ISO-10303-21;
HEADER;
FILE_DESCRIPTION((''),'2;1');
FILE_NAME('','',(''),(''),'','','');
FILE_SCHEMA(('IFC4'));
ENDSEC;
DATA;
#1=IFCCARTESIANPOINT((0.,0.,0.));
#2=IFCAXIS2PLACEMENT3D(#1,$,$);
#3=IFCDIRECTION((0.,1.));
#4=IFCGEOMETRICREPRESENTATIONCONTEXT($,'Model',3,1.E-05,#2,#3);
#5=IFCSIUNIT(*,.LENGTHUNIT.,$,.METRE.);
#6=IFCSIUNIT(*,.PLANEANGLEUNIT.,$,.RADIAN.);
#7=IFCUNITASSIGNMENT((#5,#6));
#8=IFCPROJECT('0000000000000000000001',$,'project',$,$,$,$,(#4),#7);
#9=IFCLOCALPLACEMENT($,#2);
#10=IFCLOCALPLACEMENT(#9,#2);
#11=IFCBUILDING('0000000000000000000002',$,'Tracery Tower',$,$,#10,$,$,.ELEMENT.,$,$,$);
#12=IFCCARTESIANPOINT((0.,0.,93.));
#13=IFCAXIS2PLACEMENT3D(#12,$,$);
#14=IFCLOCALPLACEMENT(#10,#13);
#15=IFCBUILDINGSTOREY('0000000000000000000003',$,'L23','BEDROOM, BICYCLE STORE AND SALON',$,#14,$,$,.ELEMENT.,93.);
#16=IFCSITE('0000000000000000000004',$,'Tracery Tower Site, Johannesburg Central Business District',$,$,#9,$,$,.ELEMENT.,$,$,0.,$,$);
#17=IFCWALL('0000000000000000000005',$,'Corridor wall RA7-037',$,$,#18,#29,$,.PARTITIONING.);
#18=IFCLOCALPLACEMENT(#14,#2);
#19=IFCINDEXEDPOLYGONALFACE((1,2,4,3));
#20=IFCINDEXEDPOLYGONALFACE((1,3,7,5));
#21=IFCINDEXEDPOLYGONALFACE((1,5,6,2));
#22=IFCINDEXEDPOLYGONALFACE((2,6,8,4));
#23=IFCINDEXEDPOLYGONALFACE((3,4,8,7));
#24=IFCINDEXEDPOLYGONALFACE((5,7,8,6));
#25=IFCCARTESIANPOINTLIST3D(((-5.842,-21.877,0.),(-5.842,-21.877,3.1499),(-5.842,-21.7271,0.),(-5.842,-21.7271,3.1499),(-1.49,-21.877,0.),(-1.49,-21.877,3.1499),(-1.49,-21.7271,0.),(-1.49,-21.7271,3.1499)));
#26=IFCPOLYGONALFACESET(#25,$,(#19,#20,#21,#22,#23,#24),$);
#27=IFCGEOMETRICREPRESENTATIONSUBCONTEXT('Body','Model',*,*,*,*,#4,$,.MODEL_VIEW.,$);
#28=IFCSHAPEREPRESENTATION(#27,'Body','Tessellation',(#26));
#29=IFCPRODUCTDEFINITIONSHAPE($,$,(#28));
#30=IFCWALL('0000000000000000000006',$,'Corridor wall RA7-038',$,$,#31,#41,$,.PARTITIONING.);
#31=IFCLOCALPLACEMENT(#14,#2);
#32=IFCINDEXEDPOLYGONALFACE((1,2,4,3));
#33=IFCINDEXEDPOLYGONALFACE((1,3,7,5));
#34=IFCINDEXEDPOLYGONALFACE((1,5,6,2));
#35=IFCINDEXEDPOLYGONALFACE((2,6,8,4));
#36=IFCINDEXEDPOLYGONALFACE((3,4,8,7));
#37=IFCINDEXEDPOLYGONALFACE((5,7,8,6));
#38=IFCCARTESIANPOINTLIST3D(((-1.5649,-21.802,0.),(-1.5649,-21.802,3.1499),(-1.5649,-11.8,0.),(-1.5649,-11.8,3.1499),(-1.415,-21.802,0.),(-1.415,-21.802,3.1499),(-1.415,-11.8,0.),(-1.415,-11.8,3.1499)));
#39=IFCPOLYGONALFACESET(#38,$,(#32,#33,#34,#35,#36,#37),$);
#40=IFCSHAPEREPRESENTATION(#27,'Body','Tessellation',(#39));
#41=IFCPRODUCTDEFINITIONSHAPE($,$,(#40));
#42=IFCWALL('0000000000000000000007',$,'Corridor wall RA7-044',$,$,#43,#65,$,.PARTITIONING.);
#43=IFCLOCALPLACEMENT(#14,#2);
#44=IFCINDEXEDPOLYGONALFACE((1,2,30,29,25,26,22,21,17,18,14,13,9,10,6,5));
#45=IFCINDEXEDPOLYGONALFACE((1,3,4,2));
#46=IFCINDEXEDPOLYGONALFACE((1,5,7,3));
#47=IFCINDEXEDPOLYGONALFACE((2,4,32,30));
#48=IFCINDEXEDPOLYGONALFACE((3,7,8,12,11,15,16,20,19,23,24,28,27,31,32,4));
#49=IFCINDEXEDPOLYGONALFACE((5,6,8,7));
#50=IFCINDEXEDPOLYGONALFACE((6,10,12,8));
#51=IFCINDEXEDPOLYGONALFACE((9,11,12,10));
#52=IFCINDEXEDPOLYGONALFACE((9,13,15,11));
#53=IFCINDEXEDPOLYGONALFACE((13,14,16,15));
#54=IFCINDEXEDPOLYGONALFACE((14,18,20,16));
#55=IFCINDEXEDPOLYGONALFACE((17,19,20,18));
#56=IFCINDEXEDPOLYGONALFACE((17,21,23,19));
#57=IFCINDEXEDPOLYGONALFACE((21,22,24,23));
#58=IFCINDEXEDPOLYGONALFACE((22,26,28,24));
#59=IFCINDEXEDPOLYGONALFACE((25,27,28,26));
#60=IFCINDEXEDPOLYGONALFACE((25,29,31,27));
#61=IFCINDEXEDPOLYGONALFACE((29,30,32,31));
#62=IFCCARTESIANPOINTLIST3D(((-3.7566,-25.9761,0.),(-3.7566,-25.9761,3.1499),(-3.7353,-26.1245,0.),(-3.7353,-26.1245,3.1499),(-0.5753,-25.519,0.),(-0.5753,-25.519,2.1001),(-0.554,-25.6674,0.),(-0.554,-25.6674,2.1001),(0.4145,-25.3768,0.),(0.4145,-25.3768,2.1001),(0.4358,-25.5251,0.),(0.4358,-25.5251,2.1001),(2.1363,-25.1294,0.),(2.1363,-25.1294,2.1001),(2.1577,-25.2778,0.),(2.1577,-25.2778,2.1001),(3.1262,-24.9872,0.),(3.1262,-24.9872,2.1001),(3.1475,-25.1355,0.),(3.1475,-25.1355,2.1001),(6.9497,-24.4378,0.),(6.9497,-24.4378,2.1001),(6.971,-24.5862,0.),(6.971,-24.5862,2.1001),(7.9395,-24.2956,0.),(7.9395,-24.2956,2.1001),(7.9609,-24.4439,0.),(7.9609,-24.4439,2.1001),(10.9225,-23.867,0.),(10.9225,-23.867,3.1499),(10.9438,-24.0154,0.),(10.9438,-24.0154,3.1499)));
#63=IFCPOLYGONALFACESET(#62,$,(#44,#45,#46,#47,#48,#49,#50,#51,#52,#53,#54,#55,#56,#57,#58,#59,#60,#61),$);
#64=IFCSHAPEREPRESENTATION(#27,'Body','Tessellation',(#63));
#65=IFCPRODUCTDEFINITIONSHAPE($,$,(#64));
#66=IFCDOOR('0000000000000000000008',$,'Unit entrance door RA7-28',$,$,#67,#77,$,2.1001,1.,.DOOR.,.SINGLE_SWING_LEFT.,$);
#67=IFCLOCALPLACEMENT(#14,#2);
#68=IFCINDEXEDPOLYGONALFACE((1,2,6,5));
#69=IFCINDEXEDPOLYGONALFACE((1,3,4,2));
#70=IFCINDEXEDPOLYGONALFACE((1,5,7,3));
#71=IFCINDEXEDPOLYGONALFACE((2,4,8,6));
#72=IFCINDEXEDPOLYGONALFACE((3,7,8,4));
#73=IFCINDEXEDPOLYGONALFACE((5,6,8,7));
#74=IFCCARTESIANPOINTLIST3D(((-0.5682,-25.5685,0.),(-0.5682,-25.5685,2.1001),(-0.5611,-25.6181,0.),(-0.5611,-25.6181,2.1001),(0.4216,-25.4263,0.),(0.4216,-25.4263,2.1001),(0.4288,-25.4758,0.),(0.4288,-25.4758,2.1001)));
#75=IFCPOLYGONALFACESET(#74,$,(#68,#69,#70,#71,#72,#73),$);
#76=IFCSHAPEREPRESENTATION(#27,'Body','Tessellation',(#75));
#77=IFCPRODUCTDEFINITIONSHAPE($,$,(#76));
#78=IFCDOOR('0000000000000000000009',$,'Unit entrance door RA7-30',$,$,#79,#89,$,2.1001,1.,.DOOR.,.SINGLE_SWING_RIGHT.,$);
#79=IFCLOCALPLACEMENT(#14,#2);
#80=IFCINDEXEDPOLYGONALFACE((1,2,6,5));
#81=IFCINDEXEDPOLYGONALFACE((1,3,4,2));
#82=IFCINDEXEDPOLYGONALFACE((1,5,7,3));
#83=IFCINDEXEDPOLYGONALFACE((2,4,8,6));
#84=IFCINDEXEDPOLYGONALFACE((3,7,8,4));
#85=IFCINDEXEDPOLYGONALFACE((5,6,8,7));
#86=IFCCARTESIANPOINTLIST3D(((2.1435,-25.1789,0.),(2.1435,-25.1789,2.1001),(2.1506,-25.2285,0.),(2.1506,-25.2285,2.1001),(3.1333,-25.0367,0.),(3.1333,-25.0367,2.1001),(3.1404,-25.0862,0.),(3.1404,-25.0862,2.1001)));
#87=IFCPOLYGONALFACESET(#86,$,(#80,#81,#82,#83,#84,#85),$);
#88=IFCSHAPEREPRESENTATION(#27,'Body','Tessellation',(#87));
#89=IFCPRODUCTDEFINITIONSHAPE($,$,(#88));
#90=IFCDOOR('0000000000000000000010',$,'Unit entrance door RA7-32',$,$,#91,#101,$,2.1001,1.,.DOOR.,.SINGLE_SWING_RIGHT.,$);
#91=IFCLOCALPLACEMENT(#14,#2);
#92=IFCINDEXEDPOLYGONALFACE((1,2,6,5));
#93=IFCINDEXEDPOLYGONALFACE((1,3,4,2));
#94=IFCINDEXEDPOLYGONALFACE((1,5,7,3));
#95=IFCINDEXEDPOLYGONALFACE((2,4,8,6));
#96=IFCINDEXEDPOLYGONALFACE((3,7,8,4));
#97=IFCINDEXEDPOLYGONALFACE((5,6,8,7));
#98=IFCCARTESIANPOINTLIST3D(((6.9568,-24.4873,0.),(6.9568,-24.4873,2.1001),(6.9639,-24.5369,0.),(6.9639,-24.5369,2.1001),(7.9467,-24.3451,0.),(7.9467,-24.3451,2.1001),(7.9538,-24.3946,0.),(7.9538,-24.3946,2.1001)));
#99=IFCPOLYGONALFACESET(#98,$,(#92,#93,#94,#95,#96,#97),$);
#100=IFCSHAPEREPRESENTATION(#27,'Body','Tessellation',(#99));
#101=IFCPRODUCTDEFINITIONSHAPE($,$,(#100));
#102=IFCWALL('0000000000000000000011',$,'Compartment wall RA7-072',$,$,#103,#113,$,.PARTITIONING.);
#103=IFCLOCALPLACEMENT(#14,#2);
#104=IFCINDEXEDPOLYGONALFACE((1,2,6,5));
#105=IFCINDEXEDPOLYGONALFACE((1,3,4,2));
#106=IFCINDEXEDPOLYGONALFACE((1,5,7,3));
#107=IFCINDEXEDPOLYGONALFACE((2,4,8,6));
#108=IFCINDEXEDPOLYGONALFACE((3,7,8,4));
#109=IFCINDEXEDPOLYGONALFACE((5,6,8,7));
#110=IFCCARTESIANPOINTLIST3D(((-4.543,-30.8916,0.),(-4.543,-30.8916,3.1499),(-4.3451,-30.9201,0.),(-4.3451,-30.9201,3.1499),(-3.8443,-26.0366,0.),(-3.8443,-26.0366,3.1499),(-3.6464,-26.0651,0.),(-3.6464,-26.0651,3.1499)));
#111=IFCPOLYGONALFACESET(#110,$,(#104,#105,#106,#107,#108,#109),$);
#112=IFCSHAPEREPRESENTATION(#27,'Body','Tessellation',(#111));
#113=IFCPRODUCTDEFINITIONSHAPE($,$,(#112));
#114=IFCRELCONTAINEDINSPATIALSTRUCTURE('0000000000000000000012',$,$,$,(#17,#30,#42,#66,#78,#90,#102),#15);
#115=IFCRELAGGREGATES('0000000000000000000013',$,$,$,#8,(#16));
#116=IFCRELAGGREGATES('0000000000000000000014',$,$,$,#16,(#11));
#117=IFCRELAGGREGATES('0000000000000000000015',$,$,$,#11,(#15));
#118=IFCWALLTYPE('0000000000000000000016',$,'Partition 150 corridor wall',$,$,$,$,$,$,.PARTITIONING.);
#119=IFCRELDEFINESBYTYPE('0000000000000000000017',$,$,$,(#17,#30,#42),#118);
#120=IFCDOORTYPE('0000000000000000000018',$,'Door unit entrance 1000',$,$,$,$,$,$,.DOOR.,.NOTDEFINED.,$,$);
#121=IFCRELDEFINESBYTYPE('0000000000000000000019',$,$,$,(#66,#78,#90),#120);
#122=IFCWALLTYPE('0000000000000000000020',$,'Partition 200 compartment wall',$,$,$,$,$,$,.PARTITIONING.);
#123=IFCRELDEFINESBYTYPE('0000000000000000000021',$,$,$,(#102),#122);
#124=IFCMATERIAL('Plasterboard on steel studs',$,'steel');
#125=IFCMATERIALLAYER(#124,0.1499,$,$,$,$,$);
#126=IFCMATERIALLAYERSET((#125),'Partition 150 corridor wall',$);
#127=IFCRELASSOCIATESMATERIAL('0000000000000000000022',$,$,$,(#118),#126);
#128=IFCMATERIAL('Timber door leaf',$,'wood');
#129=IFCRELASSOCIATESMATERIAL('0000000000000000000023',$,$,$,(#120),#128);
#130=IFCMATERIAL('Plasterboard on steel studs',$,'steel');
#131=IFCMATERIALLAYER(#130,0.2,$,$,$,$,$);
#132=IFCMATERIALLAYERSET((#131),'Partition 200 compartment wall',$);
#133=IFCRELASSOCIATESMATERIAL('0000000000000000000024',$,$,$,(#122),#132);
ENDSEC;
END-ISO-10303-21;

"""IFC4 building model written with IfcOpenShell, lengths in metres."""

from ifc_helpers import new_model, si_unit, direction, frame, frame_2d, origin, place, context, subcontext, project, spatial, rectangle, extrude, material, layer, layer_set, type_object, element, fill, save


model = new_model("IFC4")

# Units and contexts
model_context = context("Model", 3, precision=1e-05, world=origin(), true_north=direction((0.0, 1.0)))
body_context = subcontext(model_context, "Body", "Model", "MODEL_VIEW")
ifc_project = project(units=[si_unit("LENGTHUNIT", "METRE"), si_unit("PLANEANGLEUNIT", "RADIAN")], contexts=[model_context])

# Site, building, storey
site_placement = place(None, origin())
site = spatial("IfcSite", under=ifc_project, at=site_placement, Name="Tracery Tower Site, Johannesburg Central Business District", CompositionType="ELEMENT", RefElevation=0.0)
building_placement = place(site_placement, origin())
building = spatial("IfcBuilding", under=site, at=building_placement, Name="Tracery Tower", CompositionType="ELEMENT")
storey_placement = place(building_placement, frame((0.0, 0.0, 93.0)))
storey = spatial("IfcBuildingStorey", under=building, at=storey_placement, Name="L23", Description="BEDROOM, BICYCLE STORE AND SALON", CompositionType="ELEMENT", Elevation=93.0)

# Walls
ifc_material_1 = material(Name="Plasterboard on steel studs", Category="steel")
ifc_layer_1 = layer(ifc_material_1, 0.1499)
ifc_layer_set_1 = layer_set([ifc_layer_1], Name="Partition 150 corridor wall")
wall_type_1 = type_object("IfcWallType", Name="Partition 150 corridor wall", PredefinedType="PARTITIONING", material=ifc_layer_set_1)
wall_1_placement = place(storey_placement, frame((-5.842, -21.802, 0.0), z_axis=(0.0, 0.0, 1.0), x_axis=(1.0, 0.0, 0.0)))
element("IfcWall", 1, at=wall_1_placement, inside=storey, type_object=wall_type_1, Name="Corridor wall RA7-037", PredefinedType="PARTITIONING", context=body_context, shape_type="SweptSolid", body=[
    extrude(rectangle(XDim=4.3521, YDim=0.1499, at=frame_2d((2.176, 0.0))), origin(), (0.0, 0.0, 1.0), 3.1499),
])
wall_2_placement = place(storey_placement, frame((-1.49, -21.802, 0.0), z_axis=(0.0, 0.0, 1.0), x_axis=(0.0, 1.0, 0.0)))
element("IfcWall", 2, at=wall_2_placement, inside=storey, type_object=wall_type_1, Name="Corridor wall RA7-038", PredefinedType="PARTITIONING", context=body_context, shape_type="SweptSolid", body=[
    extrude(rectangle(XDim=10.002, YDim=0.1499, at=frame_2d((5.001, 0.0))), origin(), (0.0, 0.0, 1.0), 3.1499),
])

# Wall, openings, doors
wall_3_placement = place(storey_placement, frame((-3.7461, -26.0503, 0.0), z_axis=(0.0, 0.0, 1.0), x_axis=(0.989835, 0.142221, 0.0)))
wall_3 = element("IfcWall", 3, at=wall_3_placement, inside=storey, type_object=wall_type_1, Name="Corridor wall RA7-044", PredefinedType="PARTITIONING", context=body_context, shape_type="SweptSolid", body=[
    extrude(rectangle(XDim=14.8298, YDim=0.1499, at=frame_2d((7.415, 0.0))), origin(), (0.0, 0.0, 1.0), 3.1499),
])
opening_1_placement = place(wall_3_placement, frame((3.2141, 0.0, 0.0)))
opening_1 = element("IfcOpeningElement", 4, at=opening_1_placement, cuts=wall_3, PredefinedType="OPENING", context=body_context, shape_type="SweptSolid", body=[
    extrude(rectangle(XDim=1.0, YDim=2.1001, at=frame_2d((0.5, 1.05))), frame((0.0, 0.075, 0.0), z_axis=(0.0, -1.0, 0.0), x_axis=(1.0, 0.0, 0.0)), (0.0, 0.0, 1.0), 0.1499),
])
opening_2_placement = place(wall_3_placement, frame((5.9536, 0.0, 0.0)))
opening_2 = element("IfcOpeningElement", 5, at=opening_2_placement, cuts=wall_3, PredefinedType="OPENING", context=body_context, shape_type="SweptSolid", body=[
    extrude(rectangle(XDim=1.0, YDim=2.1001, at=frame_2d((0.5, 1.05))), frame((0.0, 0.075, 0.0), z_axis=(0.0, -1.0, 0.0), x_axis=(1.0, 0.0, 0.0)), (0.0, 0.0, 1.0), 0.1499),
])
opening_3_placement = place(wall_3_placement, frame((10.8164, 0.0, 0.0)))
opening_3 = element("IfcOpeningElement", 6, at=opening_3_placement, cuts=wall_3, PredefinedType="OPENING", context=body_context, shape_type="SweptSolid", body=[
    extrude(rectangle(XDim=1.0, YDim=2.1001, at=frame_2d((0.5, 1.05))), frame((0.0, 0.075, 0.0), z_axis=(0.0, -1.0, 0.0), x_axis=(1.0, 0.0, 0.0)), (0.0, 0.0, 1.0), 0.1499),
])
ifc_material_2 = material(Name="Timber door leaf", Category="wood")
door_type_1 = type_object("IfcDoorType", Name="Door unit entrance 1000", OperationType="NOTDEFINED", PredefinedType="DOOR", material=ifc_material_2)
door_1_placement = place(opening_1_placement, origin())
door_1 = element("IfcDoor", 7, at=door_1_placement, inside=storey, type_object=door_type_1, Name="Unit entrance door RA7-28", OperationType="SINGLE_SWING_LEFT", OverallHeight=2.1001, OverallWidth=1.0, PredefinedType="DOOR", context=body_context, shape_type="SweptSolid", body=[
    extrude(rectangle(XDim=1.0, YDim=2.1001, at=frame_2d((0.5, 1.05))), frame((0.0, 0.0249, 0.0), z_axis=(0.0, -1.0, 0.0), x_axis=(1.0, 0.0, 0.0)), (0.0, 0.0, 1.0), 0.05),
])
fill(opening_1, door_1)
door_2_placement = place(opening_2_placement, origin())
door_2 = element("IfcDoor", 8, at=door_2_placement, inside=storey, type_object=door_type_1, Name="Unit entrance door RA7-30", OperationType="SINGLE_SWING_RIGHT", OverallHeight=2.1001, OverallWidth=1.0, PredefinedType="DOOR", context=body_context, shape_type="SweptSolid", body=[
    extrude(rectangle(XDim=1.0, YDim=2.1001, at=frame_2d((0.5, 1.05))), frame((0.0, 0.0249, 0.0), z_axis=(0.0, -1.0, 0.0), x_axis=(1.0, 0.0, 0.0)), (0.0, 0.0, 1.0), 0.05),
])
fill(opening_2, door_2)
door_3_placement = place(opening_3_placement, origin())
door_3 = element("IfcDoor", 9, at=door_3_placement, inside=storey, type_object=door_type_1, Name="Unit entrance door RA7-32", OperationType="SINGLE_SWING_RIGHT", OverallHeight=2.1001, OverallWidth=1.0, PredefinedType="DOOR", context=body_context, shape_type="SweptSolid", body=[
    extrude(rectangle(XDim=1.0, YDim=2.1001, at=frame_2d((0.5, 1.05))), frame((0.0, 0.0249, 0.0), z_axis=(0.0, -1.0, 0.0), x_axis=(1.0, 0.0, 0.0)), (0.0, 0.0, 1.0), 0.05),
])
fill(opening_3, door_3)

# Wall
ifc_material_3 = material(Name="Plasterboard on steel studs", Category="steel")
ifc_layer_2 = layer(ifc_material_3, 0.2)
ifc_layer_set_2 = layer_set([ifc_layer_2], Name="Partition 200 compartment wall")
wall_type_2 = type_object("IfcWallType", Name="Partition 200 compartment wall", PredefinedType="PARTITIONING", material=ifc_layer_set_2)
wall_4_placement = place(storey_placement, frame((-4.4441, -30.906, 0.0), z_axis=(0.0, 0.0, 1.0), x_axis=(0.142453, 0.989802, 0.0)))
element("IfcWall", 10, at=wall_4_placement, inside=storey, type_object=wall_type_2, Name="Compartment wall RA7-072", PredefinedType="PARTITIONING", context=body_context, shape_type="SweptSolid", body=[
    extrude(rectangle(XDim=4.905, YDim=0.2, at=frame_2d((2.4526, 0.0))), origin(), (0.0, 0.0, 1.0), 3.1499),
])

save(model, "model.ifc")
